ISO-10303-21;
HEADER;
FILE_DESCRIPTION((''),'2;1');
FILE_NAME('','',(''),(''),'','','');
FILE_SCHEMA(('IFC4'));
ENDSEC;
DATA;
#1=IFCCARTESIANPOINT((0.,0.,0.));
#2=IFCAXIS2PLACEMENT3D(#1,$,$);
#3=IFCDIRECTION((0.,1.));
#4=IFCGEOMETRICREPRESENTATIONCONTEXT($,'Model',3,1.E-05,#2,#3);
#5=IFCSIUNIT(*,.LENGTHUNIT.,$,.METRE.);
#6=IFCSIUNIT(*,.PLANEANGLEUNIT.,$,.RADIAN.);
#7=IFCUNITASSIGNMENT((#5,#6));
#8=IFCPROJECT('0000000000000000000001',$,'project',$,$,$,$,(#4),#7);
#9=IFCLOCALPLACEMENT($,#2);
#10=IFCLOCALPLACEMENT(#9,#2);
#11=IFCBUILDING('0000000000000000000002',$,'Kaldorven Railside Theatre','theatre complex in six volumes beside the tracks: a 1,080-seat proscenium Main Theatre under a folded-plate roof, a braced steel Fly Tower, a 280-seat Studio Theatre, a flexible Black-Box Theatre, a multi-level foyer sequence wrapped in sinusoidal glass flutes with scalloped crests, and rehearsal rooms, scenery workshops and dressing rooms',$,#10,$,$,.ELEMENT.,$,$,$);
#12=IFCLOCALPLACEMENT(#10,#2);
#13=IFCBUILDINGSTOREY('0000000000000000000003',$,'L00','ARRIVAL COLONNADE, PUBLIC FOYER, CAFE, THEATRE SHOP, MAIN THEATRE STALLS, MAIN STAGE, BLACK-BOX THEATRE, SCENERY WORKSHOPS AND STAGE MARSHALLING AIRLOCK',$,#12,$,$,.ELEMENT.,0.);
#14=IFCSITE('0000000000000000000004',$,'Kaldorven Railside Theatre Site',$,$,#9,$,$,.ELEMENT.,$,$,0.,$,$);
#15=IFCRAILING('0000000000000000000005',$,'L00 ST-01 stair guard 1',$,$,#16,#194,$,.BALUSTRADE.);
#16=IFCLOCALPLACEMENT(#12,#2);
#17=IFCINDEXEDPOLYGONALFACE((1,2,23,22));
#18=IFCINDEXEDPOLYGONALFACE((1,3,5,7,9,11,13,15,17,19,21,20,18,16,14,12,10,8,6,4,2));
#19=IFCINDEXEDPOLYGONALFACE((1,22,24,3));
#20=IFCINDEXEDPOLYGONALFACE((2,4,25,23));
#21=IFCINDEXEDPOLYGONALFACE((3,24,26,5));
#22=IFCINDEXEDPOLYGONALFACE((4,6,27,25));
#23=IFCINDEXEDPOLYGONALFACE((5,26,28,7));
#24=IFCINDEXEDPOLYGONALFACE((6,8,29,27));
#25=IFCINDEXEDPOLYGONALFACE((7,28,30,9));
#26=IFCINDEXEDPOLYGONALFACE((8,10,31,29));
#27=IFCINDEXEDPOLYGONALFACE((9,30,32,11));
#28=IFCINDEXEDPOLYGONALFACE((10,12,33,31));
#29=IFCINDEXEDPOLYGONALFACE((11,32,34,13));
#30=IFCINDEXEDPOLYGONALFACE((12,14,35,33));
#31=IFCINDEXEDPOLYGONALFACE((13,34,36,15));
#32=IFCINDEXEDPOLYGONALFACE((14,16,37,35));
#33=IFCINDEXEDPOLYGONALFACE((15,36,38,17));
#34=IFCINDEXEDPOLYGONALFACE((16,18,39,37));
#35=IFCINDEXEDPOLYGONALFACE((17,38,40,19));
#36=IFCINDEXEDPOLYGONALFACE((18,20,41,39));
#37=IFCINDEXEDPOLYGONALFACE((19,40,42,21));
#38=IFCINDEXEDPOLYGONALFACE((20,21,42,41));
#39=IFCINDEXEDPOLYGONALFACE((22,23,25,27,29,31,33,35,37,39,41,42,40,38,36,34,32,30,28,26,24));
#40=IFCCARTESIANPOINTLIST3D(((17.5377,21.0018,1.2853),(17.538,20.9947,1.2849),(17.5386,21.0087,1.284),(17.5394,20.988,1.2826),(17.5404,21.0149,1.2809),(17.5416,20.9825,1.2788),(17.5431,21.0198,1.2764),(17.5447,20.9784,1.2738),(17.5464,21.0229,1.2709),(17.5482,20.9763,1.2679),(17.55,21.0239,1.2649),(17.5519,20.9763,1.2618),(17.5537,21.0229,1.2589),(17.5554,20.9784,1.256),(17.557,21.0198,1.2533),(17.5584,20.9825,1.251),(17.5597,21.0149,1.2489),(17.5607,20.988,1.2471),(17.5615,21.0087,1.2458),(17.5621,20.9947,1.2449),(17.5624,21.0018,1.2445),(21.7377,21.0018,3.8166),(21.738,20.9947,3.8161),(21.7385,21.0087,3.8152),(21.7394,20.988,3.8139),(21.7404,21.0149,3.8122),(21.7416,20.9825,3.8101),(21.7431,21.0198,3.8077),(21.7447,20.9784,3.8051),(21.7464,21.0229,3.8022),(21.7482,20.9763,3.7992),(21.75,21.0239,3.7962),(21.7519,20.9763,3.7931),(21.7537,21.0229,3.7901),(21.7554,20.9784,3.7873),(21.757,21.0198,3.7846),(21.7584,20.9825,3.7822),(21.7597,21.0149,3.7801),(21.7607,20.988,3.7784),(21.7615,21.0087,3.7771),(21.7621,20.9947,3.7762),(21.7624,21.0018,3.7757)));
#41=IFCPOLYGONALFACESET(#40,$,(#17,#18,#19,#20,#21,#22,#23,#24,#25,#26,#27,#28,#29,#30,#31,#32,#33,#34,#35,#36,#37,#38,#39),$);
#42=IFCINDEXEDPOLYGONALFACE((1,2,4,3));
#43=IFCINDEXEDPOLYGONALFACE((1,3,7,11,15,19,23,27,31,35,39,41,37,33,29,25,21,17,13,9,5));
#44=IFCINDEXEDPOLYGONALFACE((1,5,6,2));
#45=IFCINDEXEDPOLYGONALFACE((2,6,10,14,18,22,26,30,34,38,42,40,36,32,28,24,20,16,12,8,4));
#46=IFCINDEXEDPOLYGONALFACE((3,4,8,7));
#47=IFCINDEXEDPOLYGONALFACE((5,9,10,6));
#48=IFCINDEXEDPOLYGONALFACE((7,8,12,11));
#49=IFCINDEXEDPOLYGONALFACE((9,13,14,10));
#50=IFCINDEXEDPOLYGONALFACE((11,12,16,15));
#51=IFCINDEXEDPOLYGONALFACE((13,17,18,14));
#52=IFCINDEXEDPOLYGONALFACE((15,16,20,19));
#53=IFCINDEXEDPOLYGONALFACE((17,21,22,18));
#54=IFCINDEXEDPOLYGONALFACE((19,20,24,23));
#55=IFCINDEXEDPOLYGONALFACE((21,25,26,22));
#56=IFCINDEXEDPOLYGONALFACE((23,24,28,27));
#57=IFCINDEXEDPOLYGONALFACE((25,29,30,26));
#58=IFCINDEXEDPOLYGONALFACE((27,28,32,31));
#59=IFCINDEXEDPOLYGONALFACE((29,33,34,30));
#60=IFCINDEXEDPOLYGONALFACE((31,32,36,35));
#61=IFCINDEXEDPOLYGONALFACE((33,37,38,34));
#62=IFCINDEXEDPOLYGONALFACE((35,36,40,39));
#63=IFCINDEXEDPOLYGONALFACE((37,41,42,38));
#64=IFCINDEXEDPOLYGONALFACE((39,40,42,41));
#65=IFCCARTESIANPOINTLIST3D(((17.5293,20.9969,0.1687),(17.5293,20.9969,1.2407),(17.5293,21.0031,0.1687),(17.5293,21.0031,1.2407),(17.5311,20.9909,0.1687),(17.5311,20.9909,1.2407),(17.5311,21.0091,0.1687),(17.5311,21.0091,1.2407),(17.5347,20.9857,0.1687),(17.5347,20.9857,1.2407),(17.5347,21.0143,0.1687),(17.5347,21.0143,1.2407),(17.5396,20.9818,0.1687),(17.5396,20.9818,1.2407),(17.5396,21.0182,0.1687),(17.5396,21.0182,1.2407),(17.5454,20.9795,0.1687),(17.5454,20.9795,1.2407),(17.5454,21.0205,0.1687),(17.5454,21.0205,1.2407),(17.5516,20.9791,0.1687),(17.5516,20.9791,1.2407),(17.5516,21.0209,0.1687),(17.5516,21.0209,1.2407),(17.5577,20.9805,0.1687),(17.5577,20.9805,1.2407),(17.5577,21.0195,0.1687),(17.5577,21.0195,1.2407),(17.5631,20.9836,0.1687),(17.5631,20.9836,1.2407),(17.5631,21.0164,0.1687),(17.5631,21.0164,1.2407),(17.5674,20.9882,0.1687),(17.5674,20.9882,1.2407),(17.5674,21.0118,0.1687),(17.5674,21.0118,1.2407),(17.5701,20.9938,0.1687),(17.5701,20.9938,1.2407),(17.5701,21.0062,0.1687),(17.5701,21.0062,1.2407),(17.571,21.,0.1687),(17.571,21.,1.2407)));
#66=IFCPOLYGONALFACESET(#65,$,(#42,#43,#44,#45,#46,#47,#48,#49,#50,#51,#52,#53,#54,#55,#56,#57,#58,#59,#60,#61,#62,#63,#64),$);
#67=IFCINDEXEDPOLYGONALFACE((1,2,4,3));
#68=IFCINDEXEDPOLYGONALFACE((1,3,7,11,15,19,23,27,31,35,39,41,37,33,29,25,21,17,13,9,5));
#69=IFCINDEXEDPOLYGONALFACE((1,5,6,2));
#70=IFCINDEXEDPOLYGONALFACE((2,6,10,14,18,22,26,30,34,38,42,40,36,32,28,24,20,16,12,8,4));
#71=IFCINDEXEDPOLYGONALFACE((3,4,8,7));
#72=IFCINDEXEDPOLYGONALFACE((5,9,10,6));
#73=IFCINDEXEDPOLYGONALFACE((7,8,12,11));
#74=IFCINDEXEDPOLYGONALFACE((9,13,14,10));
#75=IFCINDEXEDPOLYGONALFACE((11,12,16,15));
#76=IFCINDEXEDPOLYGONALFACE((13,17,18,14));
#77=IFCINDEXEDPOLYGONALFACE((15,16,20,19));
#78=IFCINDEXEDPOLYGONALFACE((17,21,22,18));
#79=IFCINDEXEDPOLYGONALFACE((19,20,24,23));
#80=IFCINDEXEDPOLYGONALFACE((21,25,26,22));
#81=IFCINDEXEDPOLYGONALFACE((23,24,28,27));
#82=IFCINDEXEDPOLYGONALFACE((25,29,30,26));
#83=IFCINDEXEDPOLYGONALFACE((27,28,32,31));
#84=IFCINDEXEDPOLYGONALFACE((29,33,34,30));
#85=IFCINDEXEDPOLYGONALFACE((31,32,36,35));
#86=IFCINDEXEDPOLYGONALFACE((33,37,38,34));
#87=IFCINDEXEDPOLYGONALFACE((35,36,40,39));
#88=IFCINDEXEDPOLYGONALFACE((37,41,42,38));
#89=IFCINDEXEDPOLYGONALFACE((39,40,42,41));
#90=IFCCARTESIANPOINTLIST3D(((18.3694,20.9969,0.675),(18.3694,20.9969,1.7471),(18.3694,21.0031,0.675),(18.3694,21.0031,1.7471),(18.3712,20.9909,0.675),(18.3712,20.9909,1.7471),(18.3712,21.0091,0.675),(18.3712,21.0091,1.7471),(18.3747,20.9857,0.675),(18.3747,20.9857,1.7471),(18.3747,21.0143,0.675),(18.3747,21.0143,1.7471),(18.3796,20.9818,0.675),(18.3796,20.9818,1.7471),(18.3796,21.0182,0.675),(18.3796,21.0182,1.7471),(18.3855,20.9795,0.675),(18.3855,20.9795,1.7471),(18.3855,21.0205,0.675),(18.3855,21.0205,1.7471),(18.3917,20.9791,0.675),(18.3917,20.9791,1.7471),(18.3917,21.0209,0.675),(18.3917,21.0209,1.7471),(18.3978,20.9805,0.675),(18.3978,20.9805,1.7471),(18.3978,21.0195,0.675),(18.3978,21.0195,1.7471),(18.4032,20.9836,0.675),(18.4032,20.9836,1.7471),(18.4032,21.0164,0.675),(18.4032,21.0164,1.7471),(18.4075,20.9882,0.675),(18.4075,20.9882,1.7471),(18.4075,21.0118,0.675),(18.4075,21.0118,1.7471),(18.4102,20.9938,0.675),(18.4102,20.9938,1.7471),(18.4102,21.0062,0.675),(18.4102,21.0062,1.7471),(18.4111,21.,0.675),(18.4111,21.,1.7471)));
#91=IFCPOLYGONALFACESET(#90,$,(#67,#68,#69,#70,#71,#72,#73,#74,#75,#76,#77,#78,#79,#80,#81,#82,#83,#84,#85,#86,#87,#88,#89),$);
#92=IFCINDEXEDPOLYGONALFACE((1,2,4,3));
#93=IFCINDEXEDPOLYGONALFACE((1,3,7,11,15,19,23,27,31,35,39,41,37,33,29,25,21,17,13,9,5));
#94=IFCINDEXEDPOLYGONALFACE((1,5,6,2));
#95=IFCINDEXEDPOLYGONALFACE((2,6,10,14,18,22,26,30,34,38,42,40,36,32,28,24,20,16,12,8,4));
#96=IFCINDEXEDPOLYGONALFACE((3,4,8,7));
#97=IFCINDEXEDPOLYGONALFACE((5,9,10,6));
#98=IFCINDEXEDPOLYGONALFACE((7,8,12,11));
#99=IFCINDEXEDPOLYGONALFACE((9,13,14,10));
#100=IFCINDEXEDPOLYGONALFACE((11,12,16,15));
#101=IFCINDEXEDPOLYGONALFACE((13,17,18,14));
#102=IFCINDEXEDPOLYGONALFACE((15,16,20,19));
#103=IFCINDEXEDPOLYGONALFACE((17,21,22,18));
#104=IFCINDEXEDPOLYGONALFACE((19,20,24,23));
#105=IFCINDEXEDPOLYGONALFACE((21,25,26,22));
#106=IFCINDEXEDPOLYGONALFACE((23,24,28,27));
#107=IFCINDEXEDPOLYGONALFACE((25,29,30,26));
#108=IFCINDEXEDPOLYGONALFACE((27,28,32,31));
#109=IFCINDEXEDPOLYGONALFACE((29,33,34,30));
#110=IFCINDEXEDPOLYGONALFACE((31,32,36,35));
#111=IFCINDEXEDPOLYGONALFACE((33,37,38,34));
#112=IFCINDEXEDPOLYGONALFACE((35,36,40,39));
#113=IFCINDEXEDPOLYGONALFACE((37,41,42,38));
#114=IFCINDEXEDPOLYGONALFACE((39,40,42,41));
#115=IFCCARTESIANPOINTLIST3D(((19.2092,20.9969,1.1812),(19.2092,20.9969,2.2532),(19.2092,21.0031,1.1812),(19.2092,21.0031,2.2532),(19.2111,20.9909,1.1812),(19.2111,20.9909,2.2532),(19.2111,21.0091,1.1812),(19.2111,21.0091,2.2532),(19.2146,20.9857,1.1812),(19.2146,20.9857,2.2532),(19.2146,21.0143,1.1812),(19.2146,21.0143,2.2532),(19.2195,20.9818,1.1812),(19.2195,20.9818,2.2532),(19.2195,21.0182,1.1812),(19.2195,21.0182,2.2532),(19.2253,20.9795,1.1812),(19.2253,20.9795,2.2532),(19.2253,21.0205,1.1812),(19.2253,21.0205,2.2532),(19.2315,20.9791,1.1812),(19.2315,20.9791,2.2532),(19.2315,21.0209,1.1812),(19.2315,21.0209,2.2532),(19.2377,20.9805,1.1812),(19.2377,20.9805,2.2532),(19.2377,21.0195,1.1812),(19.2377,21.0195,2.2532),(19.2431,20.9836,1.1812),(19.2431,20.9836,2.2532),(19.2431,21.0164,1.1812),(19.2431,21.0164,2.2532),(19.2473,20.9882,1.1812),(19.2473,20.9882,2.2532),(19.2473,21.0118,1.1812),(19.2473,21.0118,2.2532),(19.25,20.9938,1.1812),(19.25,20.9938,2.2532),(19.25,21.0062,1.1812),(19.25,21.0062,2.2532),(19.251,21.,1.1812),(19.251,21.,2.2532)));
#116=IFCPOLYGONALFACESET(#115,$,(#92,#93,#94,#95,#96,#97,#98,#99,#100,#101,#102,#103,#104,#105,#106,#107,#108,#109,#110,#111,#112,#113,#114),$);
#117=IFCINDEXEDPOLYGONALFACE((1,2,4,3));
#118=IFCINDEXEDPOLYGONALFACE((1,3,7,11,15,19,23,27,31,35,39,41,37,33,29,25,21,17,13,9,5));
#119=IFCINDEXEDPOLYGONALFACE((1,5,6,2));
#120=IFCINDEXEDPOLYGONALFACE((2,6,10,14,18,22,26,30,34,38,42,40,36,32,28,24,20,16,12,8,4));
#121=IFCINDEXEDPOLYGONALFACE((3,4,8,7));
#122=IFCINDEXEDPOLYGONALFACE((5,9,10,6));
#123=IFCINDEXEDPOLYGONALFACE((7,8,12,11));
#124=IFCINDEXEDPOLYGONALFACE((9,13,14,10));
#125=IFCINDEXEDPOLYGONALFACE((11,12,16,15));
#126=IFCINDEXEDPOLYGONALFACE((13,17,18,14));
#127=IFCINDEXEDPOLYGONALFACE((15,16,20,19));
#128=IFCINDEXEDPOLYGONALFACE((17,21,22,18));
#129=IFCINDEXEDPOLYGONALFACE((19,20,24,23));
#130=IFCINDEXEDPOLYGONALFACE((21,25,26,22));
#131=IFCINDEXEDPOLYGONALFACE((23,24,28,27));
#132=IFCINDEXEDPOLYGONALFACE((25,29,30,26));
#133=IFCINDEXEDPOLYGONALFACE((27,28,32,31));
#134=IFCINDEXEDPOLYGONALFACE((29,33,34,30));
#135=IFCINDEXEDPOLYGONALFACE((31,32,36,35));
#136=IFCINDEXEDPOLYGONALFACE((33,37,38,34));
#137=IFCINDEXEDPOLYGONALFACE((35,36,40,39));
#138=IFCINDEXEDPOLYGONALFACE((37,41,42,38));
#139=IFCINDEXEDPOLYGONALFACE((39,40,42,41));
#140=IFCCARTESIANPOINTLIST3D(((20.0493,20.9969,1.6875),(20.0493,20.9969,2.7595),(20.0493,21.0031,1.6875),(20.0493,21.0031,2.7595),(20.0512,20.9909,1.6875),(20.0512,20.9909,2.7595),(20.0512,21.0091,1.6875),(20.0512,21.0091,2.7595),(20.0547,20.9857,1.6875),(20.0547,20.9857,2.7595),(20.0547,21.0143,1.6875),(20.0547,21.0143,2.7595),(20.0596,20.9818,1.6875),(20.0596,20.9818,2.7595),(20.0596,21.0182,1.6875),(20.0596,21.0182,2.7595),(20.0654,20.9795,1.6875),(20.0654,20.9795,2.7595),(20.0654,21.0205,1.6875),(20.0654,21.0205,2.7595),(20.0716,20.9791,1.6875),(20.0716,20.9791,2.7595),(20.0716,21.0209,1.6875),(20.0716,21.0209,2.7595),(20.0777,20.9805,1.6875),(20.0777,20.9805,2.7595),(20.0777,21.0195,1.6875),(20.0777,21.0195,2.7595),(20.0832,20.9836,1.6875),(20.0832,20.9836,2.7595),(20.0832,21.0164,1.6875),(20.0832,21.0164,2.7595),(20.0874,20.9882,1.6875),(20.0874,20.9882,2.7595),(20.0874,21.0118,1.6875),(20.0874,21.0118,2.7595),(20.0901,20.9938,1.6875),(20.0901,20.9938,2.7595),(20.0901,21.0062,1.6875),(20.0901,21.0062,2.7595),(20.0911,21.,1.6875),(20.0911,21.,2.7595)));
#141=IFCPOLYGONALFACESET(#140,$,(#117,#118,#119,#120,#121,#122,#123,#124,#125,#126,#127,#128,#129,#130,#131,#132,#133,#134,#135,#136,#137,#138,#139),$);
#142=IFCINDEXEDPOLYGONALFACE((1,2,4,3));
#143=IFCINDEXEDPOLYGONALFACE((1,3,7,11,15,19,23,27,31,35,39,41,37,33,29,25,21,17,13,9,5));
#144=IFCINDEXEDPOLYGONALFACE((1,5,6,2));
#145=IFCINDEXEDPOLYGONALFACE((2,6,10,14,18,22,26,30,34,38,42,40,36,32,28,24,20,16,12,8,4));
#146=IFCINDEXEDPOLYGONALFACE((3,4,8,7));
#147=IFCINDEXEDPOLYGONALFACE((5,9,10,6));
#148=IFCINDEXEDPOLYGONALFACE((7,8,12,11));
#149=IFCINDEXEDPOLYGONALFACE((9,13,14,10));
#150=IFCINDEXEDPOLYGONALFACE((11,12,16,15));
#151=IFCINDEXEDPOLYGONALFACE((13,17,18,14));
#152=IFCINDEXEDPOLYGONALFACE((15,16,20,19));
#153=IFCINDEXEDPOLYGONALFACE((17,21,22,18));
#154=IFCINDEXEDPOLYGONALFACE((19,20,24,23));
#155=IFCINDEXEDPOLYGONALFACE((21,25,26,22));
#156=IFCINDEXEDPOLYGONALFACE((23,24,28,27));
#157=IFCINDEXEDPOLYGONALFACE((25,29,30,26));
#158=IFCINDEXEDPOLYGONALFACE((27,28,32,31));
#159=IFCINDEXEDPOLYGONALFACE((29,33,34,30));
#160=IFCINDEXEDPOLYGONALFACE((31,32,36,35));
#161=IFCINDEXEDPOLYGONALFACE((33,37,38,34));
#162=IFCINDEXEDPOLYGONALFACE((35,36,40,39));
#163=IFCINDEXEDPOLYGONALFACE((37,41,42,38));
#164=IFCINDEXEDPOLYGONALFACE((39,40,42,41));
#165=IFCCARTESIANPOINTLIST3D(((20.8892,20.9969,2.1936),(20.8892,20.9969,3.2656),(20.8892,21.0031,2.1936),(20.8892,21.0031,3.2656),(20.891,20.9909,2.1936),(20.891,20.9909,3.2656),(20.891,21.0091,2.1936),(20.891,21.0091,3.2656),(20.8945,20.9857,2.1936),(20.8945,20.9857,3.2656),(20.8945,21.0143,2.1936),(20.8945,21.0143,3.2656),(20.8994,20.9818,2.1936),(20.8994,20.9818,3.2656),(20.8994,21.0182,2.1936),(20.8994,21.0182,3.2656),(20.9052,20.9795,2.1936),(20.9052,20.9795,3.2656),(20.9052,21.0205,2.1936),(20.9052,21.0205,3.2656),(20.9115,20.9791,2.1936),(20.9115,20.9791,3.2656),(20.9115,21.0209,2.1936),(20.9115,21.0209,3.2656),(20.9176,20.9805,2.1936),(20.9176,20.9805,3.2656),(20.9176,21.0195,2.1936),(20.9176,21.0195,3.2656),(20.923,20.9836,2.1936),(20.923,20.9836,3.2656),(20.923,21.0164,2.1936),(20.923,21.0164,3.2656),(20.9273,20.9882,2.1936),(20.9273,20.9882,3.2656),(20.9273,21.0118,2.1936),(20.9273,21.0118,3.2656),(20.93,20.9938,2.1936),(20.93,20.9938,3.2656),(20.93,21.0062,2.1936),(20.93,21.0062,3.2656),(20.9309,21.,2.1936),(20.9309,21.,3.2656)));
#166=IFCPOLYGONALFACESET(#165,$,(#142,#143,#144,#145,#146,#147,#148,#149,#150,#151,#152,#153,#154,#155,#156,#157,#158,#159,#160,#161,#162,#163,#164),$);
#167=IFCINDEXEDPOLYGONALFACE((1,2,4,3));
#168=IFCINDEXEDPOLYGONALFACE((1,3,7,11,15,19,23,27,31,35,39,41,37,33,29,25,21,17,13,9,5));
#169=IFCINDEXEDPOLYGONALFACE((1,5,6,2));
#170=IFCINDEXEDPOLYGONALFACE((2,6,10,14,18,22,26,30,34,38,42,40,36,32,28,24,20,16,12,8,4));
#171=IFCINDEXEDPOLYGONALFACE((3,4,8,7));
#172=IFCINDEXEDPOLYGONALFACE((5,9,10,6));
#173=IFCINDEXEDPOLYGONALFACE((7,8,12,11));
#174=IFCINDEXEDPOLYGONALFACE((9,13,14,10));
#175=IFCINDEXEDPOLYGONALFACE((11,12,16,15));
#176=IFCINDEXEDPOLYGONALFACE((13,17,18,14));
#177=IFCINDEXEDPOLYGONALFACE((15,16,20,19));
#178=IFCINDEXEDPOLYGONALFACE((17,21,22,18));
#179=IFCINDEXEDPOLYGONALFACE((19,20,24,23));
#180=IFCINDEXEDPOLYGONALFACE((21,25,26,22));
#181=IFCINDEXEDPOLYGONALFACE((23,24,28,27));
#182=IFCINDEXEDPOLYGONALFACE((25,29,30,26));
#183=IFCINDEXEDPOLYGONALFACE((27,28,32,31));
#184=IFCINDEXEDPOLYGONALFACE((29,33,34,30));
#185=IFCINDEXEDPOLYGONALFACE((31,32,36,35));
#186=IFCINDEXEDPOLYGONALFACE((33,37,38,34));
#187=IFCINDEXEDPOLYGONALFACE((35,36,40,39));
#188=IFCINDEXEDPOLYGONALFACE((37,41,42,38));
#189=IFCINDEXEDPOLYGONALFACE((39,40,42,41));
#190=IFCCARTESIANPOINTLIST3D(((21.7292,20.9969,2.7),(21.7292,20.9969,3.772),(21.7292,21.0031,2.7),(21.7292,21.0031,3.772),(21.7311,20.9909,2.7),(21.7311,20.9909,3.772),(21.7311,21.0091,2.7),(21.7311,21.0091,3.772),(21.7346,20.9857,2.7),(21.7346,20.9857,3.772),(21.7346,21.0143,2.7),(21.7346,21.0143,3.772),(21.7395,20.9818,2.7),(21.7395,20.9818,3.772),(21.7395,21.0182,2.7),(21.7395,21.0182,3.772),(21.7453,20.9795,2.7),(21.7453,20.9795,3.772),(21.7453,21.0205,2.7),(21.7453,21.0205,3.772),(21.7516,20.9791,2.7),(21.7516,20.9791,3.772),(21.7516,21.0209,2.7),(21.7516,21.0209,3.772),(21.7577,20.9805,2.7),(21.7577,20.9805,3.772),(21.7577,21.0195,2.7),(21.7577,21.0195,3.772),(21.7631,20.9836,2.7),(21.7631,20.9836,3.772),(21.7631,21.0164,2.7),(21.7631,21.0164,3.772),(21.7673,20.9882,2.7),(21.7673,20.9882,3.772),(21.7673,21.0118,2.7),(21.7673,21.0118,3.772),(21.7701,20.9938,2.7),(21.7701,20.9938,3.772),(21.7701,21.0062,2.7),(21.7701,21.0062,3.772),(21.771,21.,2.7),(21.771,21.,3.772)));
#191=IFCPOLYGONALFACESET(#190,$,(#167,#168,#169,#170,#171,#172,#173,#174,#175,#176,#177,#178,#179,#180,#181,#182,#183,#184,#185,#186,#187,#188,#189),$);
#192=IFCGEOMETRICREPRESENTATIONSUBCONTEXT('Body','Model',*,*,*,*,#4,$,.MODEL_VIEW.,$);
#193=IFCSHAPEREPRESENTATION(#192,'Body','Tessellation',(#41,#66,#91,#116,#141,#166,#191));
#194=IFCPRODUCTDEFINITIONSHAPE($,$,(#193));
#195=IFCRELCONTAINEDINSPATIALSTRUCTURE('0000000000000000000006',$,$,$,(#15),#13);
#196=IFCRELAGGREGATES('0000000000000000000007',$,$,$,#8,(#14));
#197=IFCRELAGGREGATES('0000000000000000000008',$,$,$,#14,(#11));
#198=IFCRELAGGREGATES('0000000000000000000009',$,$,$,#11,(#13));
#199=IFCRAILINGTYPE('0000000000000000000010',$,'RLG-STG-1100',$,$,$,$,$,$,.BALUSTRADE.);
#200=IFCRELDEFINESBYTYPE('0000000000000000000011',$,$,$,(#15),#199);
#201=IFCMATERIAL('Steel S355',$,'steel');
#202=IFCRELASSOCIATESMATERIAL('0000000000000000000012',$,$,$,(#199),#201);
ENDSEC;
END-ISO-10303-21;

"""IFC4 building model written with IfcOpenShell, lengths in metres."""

from ifc_helpers import new_model, si_unit, direction, frame, origin, origin_2d, place, context, subcontext, project, spatial, circle, extrude, material, type_object, element, save


model = new_model("IFC4")

# Units and contexts
model_context = context("Model", 3, precision=1e-05, world=origin(), true_north=direction((0.0, 1.0)))
body_context = subcontext(model_context, "Body", "Model", "MODEL_VIEW")
ifc_project = project(units=[si_unit("LENGTHUNIT", "METRE"), si_unit("PLANEANGLEUNIT", "RADIAN")], contexts=[model_context])

# Site, building, storey
site_placement = place(None, origin())
site = spatial("IfcSite", under=ifc_project, at=site_placement, Name="Kaldorven Railside Theatre Site", CompositionType="ELEMENT", RefElevation=0.0)
building_placement = place(site_placement, origin())
building = spatial("IfcBuilding", under=site, at=building_placement, Name="Kaldorven Railside Theatre", Description="theatre complex in six volumes beside the tracks: a 1,080-seat proscenium Main Theatre under a folded-plate roof, a braced steel Fly Tower, a 280-seat Studio Theatre, a flexible Black-Box Theatre, a multi-level foyer sequence wrapped in sinusoidal glass flutes with scalloped crests, and rehearsal rooms, scenery workshops and dressing rooms", CompositionType="ELEMENT")
storey_placement = place(building_placement, origin())
storey = spatial("IfcBuildingStorey", under=building, at=storey_placement, Name="L00", Description="ARRIVAL COLONNADE, PUBLIC FOYER, CAFE, THEATRE SHOP, MAIN THEATRE STALLS, MAIN STAGE, BLACK-BOX THEATRE, SCENERY WORKSHOPS AND STAGE MARSHALLING AIRLOCK", CompositionType="ELEMENT", Elevation=0.0)

# Shared definitions
ifc_material_1 = material(Name="Steel S355", Category="steel")

# Railing
railing_type_1 = type_object("IfcRailingType", Name="RLG-STG-1100", PredefinedType="BALUSTRADE", material=ifc_material_1)
railing_1_placement = place(storey_placement, frame((17.55, 21.0, 0.1687)))
element("IfcRailing", 1, at=railing_1_placement, inside=storey, type_object=railing_type_1, Name="L00 ST-01 stair guard 1", PredefinedType="BALUSTRADE", context=body_context, shape_type="SweptSolid", body=[
    extrude(circle(Radius=0.0239, at=origin_2d()), frame((0.0, 0.0, 1.0962), z_axis=(0.856476, 0.0, 0.516186), x_axis=(0.0, 1.0, 0.0)), (0.0, 0.0, 1.0), 4.9038),
    extrude(circle(Radius=0.021, at=origin_2d()), origin(), (0.0, 0.0, 1.0), 1.072),
    extrude(circle(Radius=0.021, at=origin_2d()), frame((0.8401, 0.0, 0.5063)), (0.0, 0.0, 1.0), 1.072),
    extrude(circle(Radius=0.021, at=origin_2d()), frame((1.6799, 0.0, 1.0125)), (0.0, 0.0, 1.0), 1.072),
    extrude(circle(Radius=0.021, at=origin_2d()), frame((2.52, 0.0, 1.5188)), (0.0, 0.0, 1.0), 1.072),
    extrude(circle(Radius=0.021, at=origin_2d()), frame((3.3599, 0.0, 2.0249)), (0.0, 0.0, 1.0), 1.072),
    extrude(circle(Radius=0.021, at=origin_2d()), frame((4.2, 0.0, 2.5312)), (0.0, 0.0, 1.0), 1.072),
])

save(model, "model.ifc")
